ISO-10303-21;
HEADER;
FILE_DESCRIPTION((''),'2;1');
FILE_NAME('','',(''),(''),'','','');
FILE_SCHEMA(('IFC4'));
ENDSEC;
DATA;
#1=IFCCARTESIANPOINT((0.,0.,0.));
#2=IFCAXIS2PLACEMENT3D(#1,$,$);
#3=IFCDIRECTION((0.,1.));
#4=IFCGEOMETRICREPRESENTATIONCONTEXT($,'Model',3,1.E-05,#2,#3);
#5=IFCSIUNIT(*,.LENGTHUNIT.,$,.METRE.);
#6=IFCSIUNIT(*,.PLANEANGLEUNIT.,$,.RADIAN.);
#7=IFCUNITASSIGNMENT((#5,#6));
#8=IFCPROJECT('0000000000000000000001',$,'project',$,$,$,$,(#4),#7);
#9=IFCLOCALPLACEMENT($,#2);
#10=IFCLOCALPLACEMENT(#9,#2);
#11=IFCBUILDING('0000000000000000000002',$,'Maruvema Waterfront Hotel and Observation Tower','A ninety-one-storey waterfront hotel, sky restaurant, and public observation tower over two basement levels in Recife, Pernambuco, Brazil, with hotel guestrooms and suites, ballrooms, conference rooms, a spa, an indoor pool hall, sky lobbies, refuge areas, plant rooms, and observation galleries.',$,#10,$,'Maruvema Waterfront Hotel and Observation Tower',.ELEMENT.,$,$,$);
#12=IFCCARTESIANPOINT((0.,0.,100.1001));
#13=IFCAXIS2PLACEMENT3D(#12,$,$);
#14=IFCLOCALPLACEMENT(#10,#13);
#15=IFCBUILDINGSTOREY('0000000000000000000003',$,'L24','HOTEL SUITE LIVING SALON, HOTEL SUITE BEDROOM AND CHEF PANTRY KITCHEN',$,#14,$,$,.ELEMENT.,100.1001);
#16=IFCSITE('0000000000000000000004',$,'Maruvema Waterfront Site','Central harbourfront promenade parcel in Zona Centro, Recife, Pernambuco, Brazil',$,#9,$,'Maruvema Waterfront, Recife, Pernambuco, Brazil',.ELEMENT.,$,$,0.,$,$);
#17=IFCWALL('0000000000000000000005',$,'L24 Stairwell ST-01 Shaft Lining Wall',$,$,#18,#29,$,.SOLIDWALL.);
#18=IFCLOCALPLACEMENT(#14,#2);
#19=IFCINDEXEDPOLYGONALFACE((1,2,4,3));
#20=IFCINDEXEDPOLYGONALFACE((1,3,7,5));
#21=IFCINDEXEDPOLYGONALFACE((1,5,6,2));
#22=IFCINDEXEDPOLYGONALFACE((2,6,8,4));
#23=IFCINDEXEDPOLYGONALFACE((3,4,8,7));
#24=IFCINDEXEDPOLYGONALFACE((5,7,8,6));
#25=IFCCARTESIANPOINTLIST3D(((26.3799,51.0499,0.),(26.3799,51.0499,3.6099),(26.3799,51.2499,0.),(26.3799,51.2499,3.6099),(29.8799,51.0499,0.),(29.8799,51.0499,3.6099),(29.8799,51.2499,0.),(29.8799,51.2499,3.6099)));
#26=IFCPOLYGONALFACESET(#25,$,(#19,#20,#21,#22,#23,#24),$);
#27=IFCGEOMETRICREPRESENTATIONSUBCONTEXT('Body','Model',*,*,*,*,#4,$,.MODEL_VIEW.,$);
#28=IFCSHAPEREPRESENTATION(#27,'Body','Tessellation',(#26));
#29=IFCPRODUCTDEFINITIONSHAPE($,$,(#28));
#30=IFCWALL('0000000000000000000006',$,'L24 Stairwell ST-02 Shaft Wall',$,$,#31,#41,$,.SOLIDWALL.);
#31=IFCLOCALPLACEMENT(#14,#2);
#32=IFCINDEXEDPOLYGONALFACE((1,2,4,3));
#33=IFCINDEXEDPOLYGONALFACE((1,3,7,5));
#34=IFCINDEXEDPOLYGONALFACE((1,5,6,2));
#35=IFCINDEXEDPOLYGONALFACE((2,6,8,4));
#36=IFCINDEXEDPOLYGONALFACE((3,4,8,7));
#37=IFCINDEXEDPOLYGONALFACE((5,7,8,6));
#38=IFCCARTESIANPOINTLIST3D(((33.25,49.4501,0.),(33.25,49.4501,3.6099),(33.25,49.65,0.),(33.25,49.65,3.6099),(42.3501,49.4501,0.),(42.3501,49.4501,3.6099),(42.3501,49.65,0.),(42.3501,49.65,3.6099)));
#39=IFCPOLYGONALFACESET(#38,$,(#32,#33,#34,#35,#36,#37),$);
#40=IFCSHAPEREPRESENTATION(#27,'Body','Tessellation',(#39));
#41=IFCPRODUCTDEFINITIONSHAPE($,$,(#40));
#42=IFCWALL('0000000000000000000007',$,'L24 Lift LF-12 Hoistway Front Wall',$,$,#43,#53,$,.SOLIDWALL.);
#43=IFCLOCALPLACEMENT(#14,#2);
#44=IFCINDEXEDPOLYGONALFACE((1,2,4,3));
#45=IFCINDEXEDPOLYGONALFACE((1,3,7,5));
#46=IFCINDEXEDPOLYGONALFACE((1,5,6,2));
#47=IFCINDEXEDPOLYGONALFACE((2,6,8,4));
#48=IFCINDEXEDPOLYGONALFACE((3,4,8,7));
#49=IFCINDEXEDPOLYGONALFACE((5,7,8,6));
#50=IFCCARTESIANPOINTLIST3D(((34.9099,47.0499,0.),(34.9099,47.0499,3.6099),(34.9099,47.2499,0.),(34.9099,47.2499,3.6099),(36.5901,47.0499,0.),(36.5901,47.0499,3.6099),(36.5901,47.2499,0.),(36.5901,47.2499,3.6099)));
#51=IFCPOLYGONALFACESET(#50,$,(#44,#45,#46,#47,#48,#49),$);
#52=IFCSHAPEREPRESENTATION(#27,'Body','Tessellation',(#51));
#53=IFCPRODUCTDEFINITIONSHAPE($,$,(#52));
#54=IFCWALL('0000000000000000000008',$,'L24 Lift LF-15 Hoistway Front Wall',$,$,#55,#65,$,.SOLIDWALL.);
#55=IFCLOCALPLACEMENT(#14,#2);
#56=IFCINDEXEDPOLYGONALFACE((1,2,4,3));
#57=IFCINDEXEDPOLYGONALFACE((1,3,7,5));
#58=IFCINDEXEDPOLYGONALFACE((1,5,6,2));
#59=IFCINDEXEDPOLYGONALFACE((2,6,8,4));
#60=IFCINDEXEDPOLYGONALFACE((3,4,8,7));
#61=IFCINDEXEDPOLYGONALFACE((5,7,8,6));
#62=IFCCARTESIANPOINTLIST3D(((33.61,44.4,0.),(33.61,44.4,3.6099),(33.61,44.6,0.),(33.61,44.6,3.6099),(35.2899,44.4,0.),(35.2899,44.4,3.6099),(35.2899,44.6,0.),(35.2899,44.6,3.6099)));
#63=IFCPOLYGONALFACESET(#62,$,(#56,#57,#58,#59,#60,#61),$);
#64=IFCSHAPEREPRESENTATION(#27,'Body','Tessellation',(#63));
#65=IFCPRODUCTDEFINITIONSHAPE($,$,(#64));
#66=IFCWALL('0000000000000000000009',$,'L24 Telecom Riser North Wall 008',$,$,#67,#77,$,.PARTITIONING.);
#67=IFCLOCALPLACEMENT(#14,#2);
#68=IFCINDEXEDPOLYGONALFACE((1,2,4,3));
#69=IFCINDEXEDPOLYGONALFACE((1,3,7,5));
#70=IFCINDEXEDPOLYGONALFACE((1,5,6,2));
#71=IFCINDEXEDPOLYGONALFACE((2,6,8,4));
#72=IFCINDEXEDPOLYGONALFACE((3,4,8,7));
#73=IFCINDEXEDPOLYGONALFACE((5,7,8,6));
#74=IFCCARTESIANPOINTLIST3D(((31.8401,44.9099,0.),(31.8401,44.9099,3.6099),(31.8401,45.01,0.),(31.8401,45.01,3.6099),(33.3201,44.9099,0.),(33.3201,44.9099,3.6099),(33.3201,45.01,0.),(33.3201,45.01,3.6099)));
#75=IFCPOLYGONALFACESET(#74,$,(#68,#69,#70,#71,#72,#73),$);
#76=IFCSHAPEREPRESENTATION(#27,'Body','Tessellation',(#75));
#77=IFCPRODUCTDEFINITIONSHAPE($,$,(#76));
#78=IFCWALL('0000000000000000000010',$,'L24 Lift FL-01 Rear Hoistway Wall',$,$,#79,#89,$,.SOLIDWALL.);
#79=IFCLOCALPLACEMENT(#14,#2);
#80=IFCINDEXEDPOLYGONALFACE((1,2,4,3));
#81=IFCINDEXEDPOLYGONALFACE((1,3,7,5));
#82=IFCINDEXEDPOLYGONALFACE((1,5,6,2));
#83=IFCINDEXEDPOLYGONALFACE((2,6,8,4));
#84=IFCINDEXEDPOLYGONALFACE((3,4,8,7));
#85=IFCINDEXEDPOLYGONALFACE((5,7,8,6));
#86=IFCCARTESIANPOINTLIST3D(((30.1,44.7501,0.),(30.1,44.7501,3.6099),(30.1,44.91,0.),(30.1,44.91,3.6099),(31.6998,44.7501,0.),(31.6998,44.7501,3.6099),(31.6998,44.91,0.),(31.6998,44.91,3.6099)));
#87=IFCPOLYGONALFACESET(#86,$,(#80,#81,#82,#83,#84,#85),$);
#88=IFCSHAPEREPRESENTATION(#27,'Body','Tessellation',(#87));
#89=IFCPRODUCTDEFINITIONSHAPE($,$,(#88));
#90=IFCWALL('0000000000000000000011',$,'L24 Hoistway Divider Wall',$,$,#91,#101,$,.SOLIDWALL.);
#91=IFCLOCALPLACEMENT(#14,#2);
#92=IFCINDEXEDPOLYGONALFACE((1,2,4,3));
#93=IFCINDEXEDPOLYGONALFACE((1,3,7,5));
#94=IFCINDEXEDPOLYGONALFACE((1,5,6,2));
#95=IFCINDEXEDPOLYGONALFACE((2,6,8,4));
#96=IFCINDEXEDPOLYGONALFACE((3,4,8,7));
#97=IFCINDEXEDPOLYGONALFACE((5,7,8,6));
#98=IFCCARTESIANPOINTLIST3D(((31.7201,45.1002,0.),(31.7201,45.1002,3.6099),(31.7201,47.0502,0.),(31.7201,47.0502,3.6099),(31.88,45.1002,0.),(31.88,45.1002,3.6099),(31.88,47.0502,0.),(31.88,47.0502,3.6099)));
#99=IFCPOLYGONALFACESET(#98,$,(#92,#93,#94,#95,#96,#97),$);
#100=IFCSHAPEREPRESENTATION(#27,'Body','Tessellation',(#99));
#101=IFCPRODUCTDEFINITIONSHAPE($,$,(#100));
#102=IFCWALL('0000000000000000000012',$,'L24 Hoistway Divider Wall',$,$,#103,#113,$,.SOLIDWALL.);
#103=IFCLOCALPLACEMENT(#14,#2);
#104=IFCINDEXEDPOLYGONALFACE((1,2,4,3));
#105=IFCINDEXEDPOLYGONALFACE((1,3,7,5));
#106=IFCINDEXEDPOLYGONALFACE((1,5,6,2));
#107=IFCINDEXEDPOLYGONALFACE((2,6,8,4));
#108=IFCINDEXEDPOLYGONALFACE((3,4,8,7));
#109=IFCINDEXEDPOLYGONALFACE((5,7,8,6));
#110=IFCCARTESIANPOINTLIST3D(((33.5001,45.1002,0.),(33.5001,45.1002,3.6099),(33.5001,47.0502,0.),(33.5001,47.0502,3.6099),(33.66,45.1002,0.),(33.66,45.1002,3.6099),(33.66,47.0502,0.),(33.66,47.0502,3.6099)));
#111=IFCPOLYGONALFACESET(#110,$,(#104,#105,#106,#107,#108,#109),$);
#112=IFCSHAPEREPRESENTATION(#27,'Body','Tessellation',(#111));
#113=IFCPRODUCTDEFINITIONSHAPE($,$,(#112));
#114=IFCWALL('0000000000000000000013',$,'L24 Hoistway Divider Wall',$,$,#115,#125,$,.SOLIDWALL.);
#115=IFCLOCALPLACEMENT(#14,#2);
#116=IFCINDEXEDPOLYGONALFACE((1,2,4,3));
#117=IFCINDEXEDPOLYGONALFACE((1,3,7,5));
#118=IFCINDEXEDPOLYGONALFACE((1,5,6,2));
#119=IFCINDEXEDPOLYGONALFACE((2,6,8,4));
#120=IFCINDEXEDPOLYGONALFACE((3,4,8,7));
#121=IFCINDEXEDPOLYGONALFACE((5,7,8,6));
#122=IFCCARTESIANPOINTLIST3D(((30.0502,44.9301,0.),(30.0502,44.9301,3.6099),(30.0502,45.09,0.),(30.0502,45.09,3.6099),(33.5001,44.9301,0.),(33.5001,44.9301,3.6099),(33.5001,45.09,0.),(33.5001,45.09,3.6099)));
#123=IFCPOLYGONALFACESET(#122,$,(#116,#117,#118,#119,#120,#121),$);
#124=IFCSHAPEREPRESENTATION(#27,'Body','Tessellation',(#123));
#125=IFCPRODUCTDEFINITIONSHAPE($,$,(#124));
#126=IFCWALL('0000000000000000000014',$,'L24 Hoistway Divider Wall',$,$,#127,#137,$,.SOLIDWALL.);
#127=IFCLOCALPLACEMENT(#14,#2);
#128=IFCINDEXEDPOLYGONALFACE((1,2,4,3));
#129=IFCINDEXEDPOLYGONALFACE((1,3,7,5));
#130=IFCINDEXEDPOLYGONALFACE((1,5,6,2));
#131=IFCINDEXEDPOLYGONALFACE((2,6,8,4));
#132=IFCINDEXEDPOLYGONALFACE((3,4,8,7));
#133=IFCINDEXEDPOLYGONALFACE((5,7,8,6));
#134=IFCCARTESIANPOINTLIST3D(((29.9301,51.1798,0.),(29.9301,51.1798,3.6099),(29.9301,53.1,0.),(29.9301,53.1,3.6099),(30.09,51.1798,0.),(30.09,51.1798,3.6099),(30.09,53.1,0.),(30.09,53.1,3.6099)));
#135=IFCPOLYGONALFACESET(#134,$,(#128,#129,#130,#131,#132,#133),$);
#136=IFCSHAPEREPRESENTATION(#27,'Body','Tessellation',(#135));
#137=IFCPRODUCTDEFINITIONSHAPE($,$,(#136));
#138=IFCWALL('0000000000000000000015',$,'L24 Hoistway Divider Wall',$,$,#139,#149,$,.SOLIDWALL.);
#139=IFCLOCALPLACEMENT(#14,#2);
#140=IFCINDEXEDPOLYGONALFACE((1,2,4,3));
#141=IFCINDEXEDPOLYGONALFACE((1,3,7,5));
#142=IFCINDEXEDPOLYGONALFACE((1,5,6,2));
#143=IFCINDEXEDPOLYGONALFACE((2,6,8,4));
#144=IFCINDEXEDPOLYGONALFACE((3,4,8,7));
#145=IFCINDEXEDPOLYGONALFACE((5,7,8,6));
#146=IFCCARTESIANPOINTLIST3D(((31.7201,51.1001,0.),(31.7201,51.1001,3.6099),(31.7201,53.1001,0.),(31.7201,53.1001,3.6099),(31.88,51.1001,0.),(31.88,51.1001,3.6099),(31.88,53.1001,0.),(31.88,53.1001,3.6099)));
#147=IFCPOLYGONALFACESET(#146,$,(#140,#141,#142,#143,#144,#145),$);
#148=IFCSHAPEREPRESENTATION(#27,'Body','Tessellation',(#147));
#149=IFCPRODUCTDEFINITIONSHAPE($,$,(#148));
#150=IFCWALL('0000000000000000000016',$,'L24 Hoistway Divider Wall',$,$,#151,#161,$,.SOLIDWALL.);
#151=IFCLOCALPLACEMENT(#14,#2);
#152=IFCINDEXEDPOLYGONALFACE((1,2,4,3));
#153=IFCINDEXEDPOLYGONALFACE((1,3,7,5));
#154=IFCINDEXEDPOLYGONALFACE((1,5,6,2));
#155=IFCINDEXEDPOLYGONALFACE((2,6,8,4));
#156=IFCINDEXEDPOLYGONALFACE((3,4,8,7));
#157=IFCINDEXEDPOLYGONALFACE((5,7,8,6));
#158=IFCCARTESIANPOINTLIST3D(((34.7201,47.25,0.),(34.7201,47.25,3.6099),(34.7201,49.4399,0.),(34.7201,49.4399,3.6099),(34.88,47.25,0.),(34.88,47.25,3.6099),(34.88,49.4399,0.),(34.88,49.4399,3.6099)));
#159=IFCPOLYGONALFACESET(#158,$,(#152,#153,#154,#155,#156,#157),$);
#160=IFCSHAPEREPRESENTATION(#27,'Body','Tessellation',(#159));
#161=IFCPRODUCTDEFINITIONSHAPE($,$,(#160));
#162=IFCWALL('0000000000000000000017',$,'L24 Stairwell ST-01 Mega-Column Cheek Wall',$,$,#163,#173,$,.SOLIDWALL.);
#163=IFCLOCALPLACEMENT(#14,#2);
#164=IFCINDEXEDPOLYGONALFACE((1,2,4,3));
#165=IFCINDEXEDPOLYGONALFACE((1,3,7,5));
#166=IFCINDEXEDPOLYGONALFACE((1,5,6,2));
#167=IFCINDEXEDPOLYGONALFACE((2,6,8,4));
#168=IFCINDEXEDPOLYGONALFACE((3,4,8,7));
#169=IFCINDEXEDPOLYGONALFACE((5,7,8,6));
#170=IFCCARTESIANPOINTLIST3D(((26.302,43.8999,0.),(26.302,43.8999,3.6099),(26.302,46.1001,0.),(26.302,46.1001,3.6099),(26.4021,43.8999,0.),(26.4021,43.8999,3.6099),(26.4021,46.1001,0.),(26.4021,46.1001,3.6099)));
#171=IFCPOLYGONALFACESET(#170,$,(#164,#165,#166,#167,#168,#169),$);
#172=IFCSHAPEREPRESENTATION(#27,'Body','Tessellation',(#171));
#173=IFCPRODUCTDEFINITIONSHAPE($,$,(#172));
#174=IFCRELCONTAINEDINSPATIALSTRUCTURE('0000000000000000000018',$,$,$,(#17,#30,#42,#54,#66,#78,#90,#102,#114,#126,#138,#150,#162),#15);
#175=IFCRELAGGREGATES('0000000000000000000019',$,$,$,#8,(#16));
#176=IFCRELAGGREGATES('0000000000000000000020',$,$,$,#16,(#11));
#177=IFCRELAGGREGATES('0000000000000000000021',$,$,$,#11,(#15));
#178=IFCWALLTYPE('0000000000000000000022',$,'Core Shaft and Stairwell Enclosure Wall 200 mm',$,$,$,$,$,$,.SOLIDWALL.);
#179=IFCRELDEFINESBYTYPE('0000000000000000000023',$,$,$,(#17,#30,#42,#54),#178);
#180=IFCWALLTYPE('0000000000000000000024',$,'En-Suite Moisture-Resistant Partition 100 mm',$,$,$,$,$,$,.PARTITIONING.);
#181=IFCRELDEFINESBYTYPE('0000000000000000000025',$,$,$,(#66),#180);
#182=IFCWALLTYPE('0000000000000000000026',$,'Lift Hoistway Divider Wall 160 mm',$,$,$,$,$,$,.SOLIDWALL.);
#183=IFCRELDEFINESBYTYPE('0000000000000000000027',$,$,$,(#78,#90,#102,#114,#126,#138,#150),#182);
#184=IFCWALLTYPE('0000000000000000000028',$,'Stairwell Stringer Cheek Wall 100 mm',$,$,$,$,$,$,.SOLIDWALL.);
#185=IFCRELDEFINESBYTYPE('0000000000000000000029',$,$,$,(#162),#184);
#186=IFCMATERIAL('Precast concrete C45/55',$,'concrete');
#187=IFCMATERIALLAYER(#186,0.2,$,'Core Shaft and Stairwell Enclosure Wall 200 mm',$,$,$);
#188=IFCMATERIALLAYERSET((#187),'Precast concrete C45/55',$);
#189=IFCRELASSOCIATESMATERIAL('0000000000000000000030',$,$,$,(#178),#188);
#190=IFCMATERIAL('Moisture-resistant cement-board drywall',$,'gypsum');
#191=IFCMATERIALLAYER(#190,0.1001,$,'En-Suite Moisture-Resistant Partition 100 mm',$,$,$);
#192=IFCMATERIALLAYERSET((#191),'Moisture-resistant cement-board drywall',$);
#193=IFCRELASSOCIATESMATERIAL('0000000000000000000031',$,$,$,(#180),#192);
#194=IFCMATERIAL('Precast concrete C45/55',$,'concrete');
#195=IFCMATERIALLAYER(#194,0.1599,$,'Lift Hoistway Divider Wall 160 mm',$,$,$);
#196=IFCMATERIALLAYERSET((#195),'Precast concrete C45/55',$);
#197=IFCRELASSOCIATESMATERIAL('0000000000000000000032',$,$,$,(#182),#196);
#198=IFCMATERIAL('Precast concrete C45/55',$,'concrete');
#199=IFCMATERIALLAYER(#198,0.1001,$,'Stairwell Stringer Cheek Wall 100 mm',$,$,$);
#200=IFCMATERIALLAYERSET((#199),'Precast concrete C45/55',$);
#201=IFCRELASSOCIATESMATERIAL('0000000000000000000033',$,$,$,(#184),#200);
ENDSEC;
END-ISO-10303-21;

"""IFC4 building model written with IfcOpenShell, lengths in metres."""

from ifc_helpers import new_model, si_unit, direction, frame, frame_2d, origin, place, context, subcontext, project, spatial, rectangle, extrude, material, layer, layer_set, type_object, element, save


model = new_model("IFC4")

# Units and contexts
model_context = context("Model", 3, precision=1e-05, world=origin(), true_north=direction((0.0, 1.0)))
body_context = subcontext(model_context, "Body", "Model", "MODEL_VIEW")
ifc_project = project(units=[si_unit("LENGTHUNIT", "METRE"), si_unit("PLANEANGLEUNIT", "RADIAN")], contexts=[model_context])

# Site, building, storey
site_placement = place(None, origin())
site = spatial("IfcSite", under=ifc_project, at=site_placement, Name="Maruvema Waterfront Site", Description="Central harbourfront promenade parcel in Zona Centro, Recife, Pernambuco, Brazil", LongName="Maruvema Waterfront, Recife, Pernambuco, Brazil", CompositionType="ELEMENT", RefElevation=0.0)
building_placement = place(site_placement, origin())
building = spatial("IfcBuilding", under=site, at=building_placement, Name="Maruvema Waterfront Hotel and Observation Tower", Description="A ninety-one-storey waterfront hotel, sky restaurant, and public observation tower over two basement levels in Recife, Pernambuco, Brazil, with hotel guestrooms and suites, ballrooms, conference rooms, a spa, an indoor pool hall, sky lobbies, refuge areas, plant rooms, and observation galleries.", LongName="Maruvema Waterfront Hotel and Observation Tower", CompositionType="ELEMENT")
storey_placement = place(building_placement, frame((0.0, 0.0, 100.1001)))
storey = spatial("IfcBuildingStorey", under=building, at=storey_placement, Name="L24", Description="HOTEL SUITE LIVING SALON, HOTEL SUITE BEDROOM AND CHEF PANTRY KITCHEN", CompositionType="ELEMENT", Elevation=100.1001)

# Walls
ifc_material_1 = material(Name="Precast concrete C45/55", Category="concrete")
ifc_layer_1 = layer(ifc_material_1, 0.2, Name="Core Shaft and Stairwell Enclosure Wall 200 mm")
ifc_layer_set_1 = layer_set([ifc_layer_1], Name="Precast concrete C45/55")
wall_type_1 = type_object("IfcWallType", Name="Core Shaft and Stairwell Enclosure Wall 200 mm", PredefinedType="SOLIDWALL", material=ifc_layer_set_1)
wall_1_placement = place(storey_placement, frame((26.3799, 51.1499, 0.0), z_axis=(0.0, 0.0, 1.0), x_axis=(1.0, 0.0, 0.0)))
element("IfcWall", 1, at=wall_1_placement, inside=storey, type_object=wall_type_1, Name="L24 Stairwell ST-01 Shaft Lining Wall", PredefinedType="SOLIDWALL", context=body_context, shape_type="SweptSolid", body=[
    extrude(rectangle(XDim=3.5, YDim=0.2, at=frame_2d((1.75, 0.0))), origin(), (0.0, 0.0, 1.0), 3.6099),
])
wall_2_placement = place(storey_placement, frame((33.25, 49.55, 0.0), z_axis=(0.0, 0.0, 1.0), x_axis=(1.0, 0.0, 0.0)))
element("IfcWall", 2, at=wall_2_placement, inside=storey, type_object=wall_type_1, Name="L24 Stairwell ST-02 Shaft Wall", PredefinedType="SOLIDWALL", context=body_context, shape_type="SweptSolid", body=[
    extrude(rectangle(XDim=9.1001, YDim=0.2, at=frame_2d((4.55, 0.0))), origin(), (0.0, 0.0, 1.0), 3.6099),
])

# Walls
wall_3_placement = place(storey_placement, frame((34.9099, 47.1499, 0.0), z_axis=(0.0, 0.0, 1.0), x_axis=(1.0, 0.0, 0.0)))
element("IfcWall", 3, at=wall_3_placement, inside=storey, type_object=wall_type_1, Name="L24 Lift LF-12 Hoistway Front Wall", PredefinedType="SOLIDWALL", context=body_context, shape_type="SweptSolid", body=[
    extrude(rectangle(XDim=1.6802, YDim=0.2, at=frame_2d((0.8401, 0.0))), origin(), (0.0, 0.0, 1.0), 3.6099),
])
wall_4_placement = place(storey_placement, frame((33.6101, 44.5, 0.0), z_axis=(0.0, 0.0, 1.0), x_axis=(1.0, 0.0, 0.0)))
element("IfcWall", 4, at=wall_4_placement, inside=storey, type_object=wall_type_1, Name="L24 Lift LF-15 Hoistway Front Wall", PredefinedType="SOLIDWALL", context=body_context, shape_type="SweptSolid", body=[
    extrude(rectangle(XDim=1.6799, YDim=0.2, at=frame_2d((0.8398, 0.0))), origin(), (0.0, 0.0, 1.0), 3.6099),
])
ifc_material_2 = material(Name="Moisture-resistant cement-board drywall", Category="gypsum")
ifc_layer_2 = layer(ifc_material_2, 0.1001, Name="En-Suite Moisture-Resistant Partition 100 mm")
ifc_layer_set_2 = layer_set([ifc_layer_2], Name="Moisture-resistant cement-board drywall")
wall_type_2 = type_object("IfcWallType", Name="En-Suite Moisture-Resistant Partition 100 mm", PredefinedType="PARTITIONING", material=ifc_layer_set_2)
wall_5_placement = place(storey_placement, frame((31.8401, 44.96, 0.0), z_axis=(0.0, 0.0, 1.0), x_axis=(1.0, 0.0, 0.0)))
element("IfcWall", 5, at=wall_5_placement, inside=storey, type_object=wall_type_2, Name="L24 Telecom Riser North Wall 008", PredefinedType="PARTITIONING", context=body_context, shape_type="SweptSolid", body=[
    extrude(rectangle(XDim=1.48, YDim=0.1001, at=frame_2d((0.74, 0.0))), origin(), (0.0, 0.0, 1.0), 3.6099),
])
ifc_material_3 = material(Name="Precast concrete C45/55", Category="concrete")
ifc_layer_3 = layer(ifc_material_3, 0.1599, Name="Lift Hoistway Divider Wall 160 mm")
ifc_layer_set_3 = layer_set([ifc_layer_3], Name="Precast concrete C45/55")
wall_type_3 = type_object("IfcWallType", Name="Lift Hoistway Divider Wall 160 mm", PredefinedType="SOLIDWALL", material=ifc_layer_set_3)
wall_6_placement = place(storey_placement, frame((30.1001, 44.8301, 0.0), z_axis=(0.0, 0.0, 1.0), x_axis=(1.0, 0.0, 0.0)))
element("IfcWall", 6, at=wall_6_placement, inside=storey, type_object=wall_type_3, Name="L24 Lift FL-01 Rear Hoistway Wall", PredefinedType="SOLIDWALL", context=body_context, shape_type="SweptSolid", body=[
    extrude(rectangle(XDim=1.5999, YDim=0.1599, at=frame_2d((0.7998, 0.0))), origin(), (0.0, 0.0, 1.0), 3.6099),
])
for number, where, z_axis, x_axis, name in (
    (7, (31.8, 45.1001, 0.0), (0.0, 0.0, 1.0), (0.0, 1.0, 0.0), "L24 Hoistway Divider Wall"),
    (8, (33.5801, 45.1001, 0.0), (0.0, 0.0, 1.0), (0.0, 1.0, 0.0), "L24 Hoistway Divider Wall"),
):
    element("IfcWall", number, at=place(storey_placement, frame(where, z_axis=z_axis, x_axis=x_axis)), inside=storey, type_object=wall_type_3, Name=name, PredefinedType="SOLIDWALL", context=body_context, shape_type="SweptSolid", body=[
        extrude(rectangle(XDim=1.95, YDim=0.1599, at=frame_2d((0.9751, 0.0))), origin(), (0.0, 0.0, 1.0), 3.6099),
    ])
wall_7_placement = place(storey_placement, frame((30.05, 45.01, 0.0), z_axis=(0.0, 0.0, 1.0), x_axis=(1.0, 0.0, 0.0)))
element("IfcWall", 9, at=wall_7_placement, inside=storey, type_object=wall_type_3, Name="L24 Hoistway Divider Wall", PredefinedType="SOLIDWALL", context=body_context, shape_type="SweptSolid", body=[
    extrude(rectangle(XDim=3.45, YDim=0.1599, at=frame_2d((1.7251, 0.0))), origin(), (0.0, 0.0, 1.0), 3.6099),
])
wall_8_placement = place(storey_placement, frame((30.01, 51.1799, 0.0), z_axis=(0.0, 0.0, 1.0), x_axis=(0.0, 1.0, 0.0)))
element("IfcWall", 10, at=wall_8_placement, inside=storey, type_object=wall_type_3, Name="L24 Hoistway Divider Wall", PredefinedType="SOLIDWALL", context=body_context, shape_type="SweptSolid", body=[
    extrude(rectangle(XDim=1.9202, YDim=0.1599, at=frame_2d((0.96, 0.0))), origin(), (0.0, 0.0, 1.0), 3.6099),
])
wall_9_placement = place(storey_placement, frame((31.8, 51.1001, 0.0), z_axis=(0.0, 0.0, 1.0), x_axis=(0.0, 1.0, 0.0)))
element("IfcWall", 11, at=wall_9_placement, inside=storey, type_object=wall_type_3, Name="L24 Hoistway Divider Wall", PredefinedType="SOLIDWALL", context=body_context, shape_type="SweptSolid", body=[
    extrude(rectangle(XDim=2.0, YDim=0.1599, at=frame_2d((1.0, 0.0))), origin(), (0.0, 0.0, 1.0), 3.6099),
])
wall_10_placement = place(storey_placement, frame((34.8, 47.25, 0.0), z_axis=(0.0, 0.0, 1.0), x_axis=(0.0, 1.0, 0.0)))
element("IfcWall", 12, at=wall_10_placement, inside=storey, type_object=wall_type_3, Name="L24 Hoistway Divider Wall", PredefinedType="SOLIDWALL", context=body_context, shape_type="SweptSolid", body=[
    extrude(rectangle(XDim=2.1899, YDim=0.1599, at=frame_2d((1.095, 0.0))), origin(), (0.0, 0.0, 1.0), 3.6099),
])
ifc_material_4 = material(Name="Precast concrete C45/55", Category="concrete")
ifc_layer_4 = layer(ifc_material_4, 0.1001, Name="Stairwell Stringer Cheek Wall 100 mm")
ifc_layer_set_4 = layer_set([ifc_layer_4], Name="Precast concrete C45/55")
wall_type_4 = type_object("IfcWallType", Name="Stairwell Stringer Cheek Wall 100 mm", PredefinedType="SOLIDWALL", material=ifc_layer_set_4)
wall_11_placement = place(storey_placement, frame((26.3521, 43.8999, 0.0), z_axis=(0.0, 0.0, 1.0), x_axis=(0.0, 1.0, 0.0)))
element("IfcWall", 13, at=wall_11_placement, inside=storey, type_object=wall_type_4, Name="L24 Stairwell ST-01 Mega-Column Cheek Wall", PredefinedType="SOLIDWALL", context=body_context, shape_type="SweptSolid", body=[
    extrude(rectangle(XDim=2.2002, YDim=0.1001, at=frame_2d((1.1001, 0.0))), origin(), (0.0, 0.0, 1.0), 3.6099),
])

save(model, "model.ifc")
